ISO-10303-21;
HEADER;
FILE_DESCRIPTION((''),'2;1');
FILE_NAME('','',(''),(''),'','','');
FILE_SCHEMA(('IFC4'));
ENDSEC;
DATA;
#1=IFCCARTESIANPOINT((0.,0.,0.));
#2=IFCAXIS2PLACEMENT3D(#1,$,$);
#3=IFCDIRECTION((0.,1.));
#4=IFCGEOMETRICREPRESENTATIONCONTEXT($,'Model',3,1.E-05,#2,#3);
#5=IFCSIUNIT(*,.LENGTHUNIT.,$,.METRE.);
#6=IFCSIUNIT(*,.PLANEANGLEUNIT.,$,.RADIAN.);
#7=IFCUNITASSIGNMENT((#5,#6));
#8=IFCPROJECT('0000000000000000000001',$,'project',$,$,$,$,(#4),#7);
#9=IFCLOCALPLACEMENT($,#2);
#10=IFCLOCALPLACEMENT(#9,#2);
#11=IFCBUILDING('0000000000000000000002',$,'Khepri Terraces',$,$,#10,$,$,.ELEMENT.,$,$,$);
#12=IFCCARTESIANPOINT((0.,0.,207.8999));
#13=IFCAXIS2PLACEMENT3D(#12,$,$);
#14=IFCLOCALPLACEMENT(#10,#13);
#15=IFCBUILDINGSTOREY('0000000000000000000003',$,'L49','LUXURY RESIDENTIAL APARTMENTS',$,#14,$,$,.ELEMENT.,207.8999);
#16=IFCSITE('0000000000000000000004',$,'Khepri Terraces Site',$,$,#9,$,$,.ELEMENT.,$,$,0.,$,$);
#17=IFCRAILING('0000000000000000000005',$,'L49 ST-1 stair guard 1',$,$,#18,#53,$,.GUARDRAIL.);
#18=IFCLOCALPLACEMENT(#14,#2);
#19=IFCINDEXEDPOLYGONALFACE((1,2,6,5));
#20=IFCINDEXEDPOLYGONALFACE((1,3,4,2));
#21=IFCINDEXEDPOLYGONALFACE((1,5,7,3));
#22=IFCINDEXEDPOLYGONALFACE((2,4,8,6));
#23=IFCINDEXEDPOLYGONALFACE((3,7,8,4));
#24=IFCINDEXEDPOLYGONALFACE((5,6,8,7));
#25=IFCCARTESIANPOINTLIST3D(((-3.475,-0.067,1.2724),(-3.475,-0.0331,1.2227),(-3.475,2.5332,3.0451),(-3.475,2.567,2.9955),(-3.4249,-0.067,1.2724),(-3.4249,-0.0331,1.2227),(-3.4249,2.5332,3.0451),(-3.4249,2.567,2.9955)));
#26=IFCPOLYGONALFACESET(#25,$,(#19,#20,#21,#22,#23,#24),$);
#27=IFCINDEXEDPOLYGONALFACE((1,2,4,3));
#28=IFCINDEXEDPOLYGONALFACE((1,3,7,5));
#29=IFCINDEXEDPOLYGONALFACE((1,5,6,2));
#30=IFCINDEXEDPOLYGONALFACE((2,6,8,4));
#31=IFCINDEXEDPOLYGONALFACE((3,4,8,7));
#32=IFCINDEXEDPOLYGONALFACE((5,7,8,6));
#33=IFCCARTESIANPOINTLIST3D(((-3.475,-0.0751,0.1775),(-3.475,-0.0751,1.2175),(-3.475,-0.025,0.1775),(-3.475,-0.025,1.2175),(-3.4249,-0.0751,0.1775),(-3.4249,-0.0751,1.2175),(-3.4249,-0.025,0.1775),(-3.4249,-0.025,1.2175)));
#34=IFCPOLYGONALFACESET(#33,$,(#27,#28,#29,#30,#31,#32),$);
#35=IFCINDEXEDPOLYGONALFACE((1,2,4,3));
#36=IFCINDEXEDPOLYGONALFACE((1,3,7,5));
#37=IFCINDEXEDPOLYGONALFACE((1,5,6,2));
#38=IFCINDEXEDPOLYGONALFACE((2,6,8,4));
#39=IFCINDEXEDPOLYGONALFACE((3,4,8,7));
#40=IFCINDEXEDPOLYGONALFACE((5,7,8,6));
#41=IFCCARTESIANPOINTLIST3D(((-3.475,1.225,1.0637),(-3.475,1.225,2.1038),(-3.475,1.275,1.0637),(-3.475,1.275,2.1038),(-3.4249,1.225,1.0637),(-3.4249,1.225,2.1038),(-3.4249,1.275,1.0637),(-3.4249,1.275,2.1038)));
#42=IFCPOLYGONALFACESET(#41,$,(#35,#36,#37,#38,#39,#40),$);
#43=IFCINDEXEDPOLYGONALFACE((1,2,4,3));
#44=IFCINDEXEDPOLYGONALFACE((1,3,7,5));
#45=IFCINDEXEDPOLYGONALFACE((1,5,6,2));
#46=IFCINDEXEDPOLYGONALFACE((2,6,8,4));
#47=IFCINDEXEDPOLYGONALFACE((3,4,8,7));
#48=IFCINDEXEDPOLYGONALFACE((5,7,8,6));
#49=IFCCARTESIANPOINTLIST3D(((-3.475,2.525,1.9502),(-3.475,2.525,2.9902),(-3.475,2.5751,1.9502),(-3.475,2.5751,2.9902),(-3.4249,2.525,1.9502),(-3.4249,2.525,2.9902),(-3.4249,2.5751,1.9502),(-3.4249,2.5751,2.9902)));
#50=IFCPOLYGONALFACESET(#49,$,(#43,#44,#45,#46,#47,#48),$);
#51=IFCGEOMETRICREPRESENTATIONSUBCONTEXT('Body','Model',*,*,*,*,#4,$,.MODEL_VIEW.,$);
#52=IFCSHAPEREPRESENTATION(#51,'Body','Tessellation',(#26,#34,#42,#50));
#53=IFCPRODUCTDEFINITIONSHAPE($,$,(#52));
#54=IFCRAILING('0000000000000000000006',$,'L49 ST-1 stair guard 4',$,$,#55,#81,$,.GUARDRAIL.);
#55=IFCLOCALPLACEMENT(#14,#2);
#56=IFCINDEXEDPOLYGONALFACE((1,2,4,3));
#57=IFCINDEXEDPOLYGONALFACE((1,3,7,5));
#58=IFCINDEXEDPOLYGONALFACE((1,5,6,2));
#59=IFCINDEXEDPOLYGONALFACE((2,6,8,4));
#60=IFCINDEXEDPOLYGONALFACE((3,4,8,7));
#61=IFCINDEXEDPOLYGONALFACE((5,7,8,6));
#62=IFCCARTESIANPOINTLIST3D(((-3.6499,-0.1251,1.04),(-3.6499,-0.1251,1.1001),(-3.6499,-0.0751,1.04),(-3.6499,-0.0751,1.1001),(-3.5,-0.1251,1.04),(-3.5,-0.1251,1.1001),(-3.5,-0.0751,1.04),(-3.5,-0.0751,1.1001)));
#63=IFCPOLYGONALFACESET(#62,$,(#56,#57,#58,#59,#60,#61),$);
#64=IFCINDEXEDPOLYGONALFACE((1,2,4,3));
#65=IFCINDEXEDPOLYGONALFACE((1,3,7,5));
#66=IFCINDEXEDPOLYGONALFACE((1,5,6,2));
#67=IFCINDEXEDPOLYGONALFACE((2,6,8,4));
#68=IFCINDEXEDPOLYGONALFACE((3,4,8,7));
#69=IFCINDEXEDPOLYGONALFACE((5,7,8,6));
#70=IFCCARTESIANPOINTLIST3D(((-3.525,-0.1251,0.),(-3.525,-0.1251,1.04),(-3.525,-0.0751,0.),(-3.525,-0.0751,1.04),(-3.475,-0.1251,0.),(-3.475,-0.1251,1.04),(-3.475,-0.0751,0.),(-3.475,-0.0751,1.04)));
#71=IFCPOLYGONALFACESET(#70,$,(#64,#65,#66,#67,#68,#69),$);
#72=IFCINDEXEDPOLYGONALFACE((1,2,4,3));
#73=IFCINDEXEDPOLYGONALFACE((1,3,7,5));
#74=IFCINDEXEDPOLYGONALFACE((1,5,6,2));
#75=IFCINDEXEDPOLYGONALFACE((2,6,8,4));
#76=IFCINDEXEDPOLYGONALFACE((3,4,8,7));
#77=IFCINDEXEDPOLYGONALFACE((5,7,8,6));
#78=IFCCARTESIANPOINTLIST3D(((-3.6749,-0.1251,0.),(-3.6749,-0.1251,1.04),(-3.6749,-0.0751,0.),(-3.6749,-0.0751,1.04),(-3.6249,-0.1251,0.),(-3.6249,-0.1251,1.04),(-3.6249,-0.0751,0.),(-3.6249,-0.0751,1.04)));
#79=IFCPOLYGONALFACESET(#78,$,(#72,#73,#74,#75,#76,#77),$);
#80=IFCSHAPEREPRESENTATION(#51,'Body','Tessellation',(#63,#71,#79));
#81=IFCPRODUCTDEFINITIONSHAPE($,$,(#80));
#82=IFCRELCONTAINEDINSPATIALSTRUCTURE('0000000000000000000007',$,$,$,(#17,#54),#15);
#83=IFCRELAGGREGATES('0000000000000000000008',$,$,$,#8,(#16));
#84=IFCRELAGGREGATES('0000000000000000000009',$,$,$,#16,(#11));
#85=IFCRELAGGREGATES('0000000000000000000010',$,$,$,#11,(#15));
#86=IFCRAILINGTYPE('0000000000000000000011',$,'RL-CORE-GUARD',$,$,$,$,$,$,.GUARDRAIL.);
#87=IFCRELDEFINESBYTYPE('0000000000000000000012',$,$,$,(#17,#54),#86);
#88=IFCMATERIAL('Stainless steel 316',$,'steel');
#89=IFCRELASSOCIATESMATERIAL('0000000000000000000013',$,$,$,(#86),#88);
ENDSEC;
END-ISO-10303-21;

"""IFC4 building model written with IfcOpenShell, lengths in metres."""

from ifc_helpers import new_model, si_unit, direction, frame, origin, origin_2d, place, context, subcontext, project, spatial, rectangle, extrude, material, type_object, element, save


model = new_model("IFC4")

# Units and contexts
model_context = context("Model", 3, precision=1e-05, world=origin(), true_north=direction((0.0, 1.0)))
body_context = subcontext(model_context, "Body", "Model", "MODEL_VIEW")
ifc_project = project(units=[si_unit("LENGTHUNIT", "METRE"), si_unit("PLANEANGLEUNIT", "RADIAN")], contexts=[model_context])

# Site, building, storey
site_placement = place(None, origin())
site = spatial("IfcSite", under=ifc_project, at=site_placement, Name="Khepri Terraces Site", CompositionType="ELEMENT", RefElevation=0.0)
building_placement = place(site_placement, origin())
building = spatial("IfcBuilding", under=site, at=building_placement, Name="Khepri Terraces", CompositionType="ELEMENT")
storey_placement = place(building_placement, frame((0.0, 0.0, 207.8999)))
storey = spatial("IfcBuildingStorey", under=building, at=storey_placement, Name="L49", Description="LUXURY RESIDENTIAL APARTMENTS", CompositionType="ELEMENT", Elevation=207.8999)

# Railings
ifc_material_1 = material(Name="Stainless steel 316", Category="steel")
railing_type = type_object("IfcRailingType", Name="RL-CORE-GUARD", PredefinedType="GUARDRAIL", material=ifc_material_1)
railing_1_placement = place(storey_placement, frame((-3.45, -0.05, 0.1775)))
element("IfcRailing", 1, at=railing_1_placement, inside=storey, type_object=railing_type, Name="L49 ST-1 stair guard 1", PredefinedType="GUARDRAIL", context=body_context, shape_type="SweptSolid", body=[
    extrude(rectangle(XDim=0.05, YDim=0.0601, at=origin_2d()), frame((0.0, 0.0, 1.0701), z_axis=(0.0, 0.82624, 0.563318), x_axis=(-1.0, 0.0, 0.0)), (0.0, 0.0, 1.0), 3.147),
    extrude(rectangle(XDim=0.05, YDim=0.05, at=origin_2d()), origin(), (0.0, 0.0, 1.0), 1.04),
    extrude(rectangle(XDim=0.05, YDim=0.05, at=origin_2d()), frame((0.0, 1.3, 0.8862)), (0.0, 0.0, 1.0), 1.04),
    extrude(rectangle(XDim=0.05, YDim=0.05, at=origin_2d()), frame((0.0, 2.6001, 1.7727)), (0.0, 0.0, 1.0), 1.04),
])
railing_2_placement = place(storey_placement, frame((-3.5, -0.1001, 0.0)))
element("IfcRailing", 2, at=railing_2_placement, inside=storey, type_object=railing_type, Name="L49 ST-1 stair guard 4", PredefinedType="GUARDRAIL", context=body_context, shape_type="SweptSolid", body=[
    extrude(rectangle(XDim=0.05, YDim=0.0601, at=origin_2d()), frame((0.0, 0.0, 1.0701), z_axis=(-1.0, 0.0, 0.0), x_axis=(0.0, -1.0, 0.0)), (0.0, 0.0, 1.0), 0.1499),
    extrude(rectangle(XDim=0.05, YDim=0.05, at=origin_2d()), origin(), (0.0, 0.0, 1.0), 1.04),
    extrude(rectangle(XDim=0.05, YDim=0.05, at=origin_2d()), frame((-0.1499, 0.0, 0.0)), (0.0, 0.0, 1.0), 1.04),
])

save(model, "model.ifc")
